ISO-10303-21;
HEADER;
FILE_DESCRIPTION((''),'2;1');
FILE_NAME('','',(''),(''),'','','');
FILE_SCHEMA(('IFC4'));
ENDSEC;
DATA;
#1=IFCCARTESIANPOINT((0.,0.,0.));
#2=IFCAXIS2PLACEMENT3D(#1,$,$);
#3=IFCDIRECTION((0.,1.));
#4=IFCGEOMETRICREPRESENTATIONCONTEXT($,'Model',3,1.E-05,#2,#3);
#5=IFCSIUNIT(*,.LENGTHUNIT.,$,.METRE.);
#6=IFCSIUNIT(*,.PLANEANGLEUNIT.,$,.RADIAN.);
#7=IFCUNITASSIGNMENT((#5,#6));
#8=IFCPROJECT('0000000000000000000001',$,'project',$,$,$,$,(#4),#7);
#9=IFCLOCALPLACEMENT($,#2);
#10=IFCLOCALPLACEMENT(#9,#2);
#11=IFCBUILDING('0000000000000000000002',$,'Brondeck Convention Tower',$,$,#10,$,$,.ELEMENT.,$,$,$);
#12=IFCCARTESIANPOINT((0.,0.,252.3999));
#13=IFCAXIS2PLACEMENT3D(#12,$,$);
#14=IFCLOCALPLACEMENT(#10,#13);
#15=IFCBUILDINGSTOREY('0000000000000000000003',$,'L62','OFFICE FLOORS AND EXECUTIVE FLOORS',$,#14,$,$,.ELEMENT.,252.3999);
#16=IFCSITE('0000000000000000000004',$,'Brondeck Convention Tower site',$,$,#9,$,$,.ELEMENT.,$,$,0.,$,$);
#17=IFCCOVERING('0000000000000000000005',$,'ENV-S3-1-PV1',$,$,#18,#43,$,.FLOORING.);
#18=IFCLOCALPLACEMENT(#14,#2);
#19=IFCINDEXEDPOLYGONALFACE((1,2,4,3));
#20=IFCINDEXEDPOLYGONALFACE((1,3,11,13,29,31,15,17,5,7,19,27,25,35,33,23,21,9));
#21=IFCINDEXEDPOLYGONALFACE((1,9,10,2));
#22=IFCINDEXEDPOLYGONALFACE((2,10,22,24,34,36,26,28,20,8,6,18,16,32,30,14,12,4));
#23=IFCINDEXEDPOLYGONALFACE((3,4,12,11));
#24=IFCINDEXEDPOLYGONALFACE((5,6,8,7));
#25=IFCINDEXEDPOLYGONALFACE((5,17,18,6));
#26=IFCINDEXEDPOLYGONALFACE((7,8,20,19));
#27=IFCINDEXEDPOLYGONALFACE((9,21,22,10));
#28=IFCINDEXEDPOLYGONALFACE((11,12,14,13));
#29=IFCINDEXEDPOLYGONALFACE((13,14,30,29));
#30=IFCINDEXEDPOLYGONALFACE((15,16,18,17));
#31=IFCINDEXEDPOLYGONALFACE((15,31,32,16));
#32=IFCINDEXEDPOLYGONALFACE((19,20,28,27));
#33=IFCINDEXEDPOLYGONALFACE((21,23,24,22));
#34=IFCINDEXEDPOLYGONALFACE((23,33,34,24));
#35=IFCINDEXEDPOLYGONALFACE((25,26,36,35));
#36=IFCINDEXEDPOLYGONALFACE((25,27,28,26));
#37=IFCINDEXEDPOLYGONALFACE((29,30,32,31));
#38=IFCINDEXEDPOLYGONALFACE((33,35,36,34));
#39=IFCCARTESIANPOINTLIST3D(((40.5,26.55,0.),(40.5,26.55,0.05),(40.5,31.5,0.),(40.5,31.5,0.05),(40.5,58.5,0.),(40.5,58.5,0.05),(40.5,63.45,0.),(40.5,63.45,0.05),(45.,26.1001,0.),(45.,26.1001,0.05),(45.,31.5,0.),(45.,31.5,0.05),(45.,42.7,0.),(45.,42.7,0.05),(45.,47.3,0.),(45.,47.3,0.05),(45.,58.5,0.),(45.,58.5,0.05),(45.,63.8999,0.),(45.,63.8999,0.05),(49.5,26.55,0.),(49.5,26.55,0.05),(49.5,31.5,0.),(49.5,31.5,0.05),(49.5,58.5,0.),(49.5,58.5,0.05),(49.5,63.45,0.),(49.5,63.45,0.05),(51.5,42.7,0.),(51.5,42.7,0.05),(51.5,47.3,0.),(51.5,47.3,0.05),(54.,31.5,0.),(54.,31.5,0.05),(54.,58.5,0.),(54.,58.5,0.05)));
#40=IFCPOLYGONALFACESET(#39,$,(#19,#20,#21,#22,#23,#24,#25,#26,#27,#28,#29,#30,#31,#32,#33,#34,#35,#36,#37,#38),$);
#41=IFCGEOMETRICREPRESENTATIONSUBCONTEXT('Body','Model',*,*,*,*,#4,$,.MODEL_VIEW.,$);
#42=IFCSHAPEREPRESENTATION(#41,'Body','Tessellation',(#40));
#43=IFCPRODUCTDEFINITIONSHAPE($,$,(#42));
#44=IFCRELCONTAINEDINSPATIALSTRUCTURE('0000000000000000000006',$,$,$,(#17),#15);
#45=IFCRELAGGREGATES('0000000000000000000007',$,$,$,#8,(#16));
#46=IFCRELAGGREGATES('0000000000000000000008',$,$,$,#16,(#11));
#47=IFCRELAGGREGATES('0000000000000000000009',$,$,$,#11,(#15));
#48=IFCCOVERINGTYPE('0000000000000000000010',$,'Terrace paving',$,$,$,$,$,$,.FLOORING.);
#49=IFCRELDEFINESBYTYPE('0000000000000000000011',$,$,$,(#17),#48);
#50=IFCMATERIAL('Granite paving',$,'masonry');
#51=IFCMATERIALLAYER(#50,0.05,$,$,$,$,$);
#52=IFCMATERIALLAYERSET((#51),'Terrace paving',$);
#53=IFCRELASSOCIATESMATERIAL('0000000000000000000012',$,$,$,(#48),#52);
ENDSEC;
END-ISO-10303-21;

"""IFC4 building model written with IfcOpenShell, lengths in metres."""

from ifc_helpers import new_model, si_unit, direction, frame, origin, place, context, subcontext, project, spatial, polyline, outline, extrude, material, layer, layer_set, type_object, element, save


model = new_model("IFC4")

# Units and contexts
model_context = context("Model", 3, precision=1e-05, world=origin(), true_north=direction((0.0, 1.0)))
body_context = subcontext(model_context, "Body", "Model", "MODEL_VIEW")
ifc_project = project(units=[si_unit("LENGTHUNIT", "METRE"), si_unit("PLANEANGLEUNIT", "RADIAN")], contexts=[model_context])

# Site, building, storey
site_placement = place(None, origin())
site = spatial("IfcSite", under=ifc_project, at=site_placement, Name="Brondeck Convention Tower site", CompositionType="ELEMENT", RefElevation=0.0)
building_placement = place(site_placement, origin())
building = spatial("IfcBuilding", under=site, at=building_placement, Name="Brondeck Convention Tower", CompositionType="ELEMENT")
storey_placement = place(building_placement, frame((0.0, 0.0, 252.3999)))
storey = spatial("IfcBuildingStorey", under=building, at=storey_placement, Name="L62", Description="OFFICE FLOORS AND EXECUTIVE FLOORS", CompositionType="ELEMENT", Elevation=252.3999)

# Covering
ifc_material_1 = material(Name="Granite paving", Category="masonry")
ifc_layer_1 = layer(ifc_material_1, 0.05)
ifc_layer_set_1 = layer_set([ifc_layer_1], Name="Terrace paving")
covering_type_1 = type_object("IfcCoveringType", Name="Terrace paving", PredefinedType="FLOORING", material=ifc_layer_set_1)
covering_1_placement = place(storey_placement, origin())
element("IfcCovering", 1, at=covering_1_placement, inside=storey, type_object=covering_type_1, Name="ENV-S3-1-PV1", PredefinedType="FLOORING", context=body_context, shape_type="SweptSolid", body=[
    extrude(outline(polyline([(49.5, 63.45), (45.0, 63.8999), (40.5, 63.45), (40.5, 58.5), (45.0, 58.5), (45.0, 47.3), (51.5, 47.3), (51.5, 42.7), (45.0, 42.7), (45.0, 31.5), (40.5, 31.5), (40.5, 26.55), (45.0, 26.1001), (49.5, 26.55), (49.5, 31.5), (54.0, 31.5), (54.0, 58.5), (49.5, 58.5), (49.5, 63.45)])), origin(), (0.0, 0.0, 1.0), 0.05),
])

save(model, "model.ifc")
